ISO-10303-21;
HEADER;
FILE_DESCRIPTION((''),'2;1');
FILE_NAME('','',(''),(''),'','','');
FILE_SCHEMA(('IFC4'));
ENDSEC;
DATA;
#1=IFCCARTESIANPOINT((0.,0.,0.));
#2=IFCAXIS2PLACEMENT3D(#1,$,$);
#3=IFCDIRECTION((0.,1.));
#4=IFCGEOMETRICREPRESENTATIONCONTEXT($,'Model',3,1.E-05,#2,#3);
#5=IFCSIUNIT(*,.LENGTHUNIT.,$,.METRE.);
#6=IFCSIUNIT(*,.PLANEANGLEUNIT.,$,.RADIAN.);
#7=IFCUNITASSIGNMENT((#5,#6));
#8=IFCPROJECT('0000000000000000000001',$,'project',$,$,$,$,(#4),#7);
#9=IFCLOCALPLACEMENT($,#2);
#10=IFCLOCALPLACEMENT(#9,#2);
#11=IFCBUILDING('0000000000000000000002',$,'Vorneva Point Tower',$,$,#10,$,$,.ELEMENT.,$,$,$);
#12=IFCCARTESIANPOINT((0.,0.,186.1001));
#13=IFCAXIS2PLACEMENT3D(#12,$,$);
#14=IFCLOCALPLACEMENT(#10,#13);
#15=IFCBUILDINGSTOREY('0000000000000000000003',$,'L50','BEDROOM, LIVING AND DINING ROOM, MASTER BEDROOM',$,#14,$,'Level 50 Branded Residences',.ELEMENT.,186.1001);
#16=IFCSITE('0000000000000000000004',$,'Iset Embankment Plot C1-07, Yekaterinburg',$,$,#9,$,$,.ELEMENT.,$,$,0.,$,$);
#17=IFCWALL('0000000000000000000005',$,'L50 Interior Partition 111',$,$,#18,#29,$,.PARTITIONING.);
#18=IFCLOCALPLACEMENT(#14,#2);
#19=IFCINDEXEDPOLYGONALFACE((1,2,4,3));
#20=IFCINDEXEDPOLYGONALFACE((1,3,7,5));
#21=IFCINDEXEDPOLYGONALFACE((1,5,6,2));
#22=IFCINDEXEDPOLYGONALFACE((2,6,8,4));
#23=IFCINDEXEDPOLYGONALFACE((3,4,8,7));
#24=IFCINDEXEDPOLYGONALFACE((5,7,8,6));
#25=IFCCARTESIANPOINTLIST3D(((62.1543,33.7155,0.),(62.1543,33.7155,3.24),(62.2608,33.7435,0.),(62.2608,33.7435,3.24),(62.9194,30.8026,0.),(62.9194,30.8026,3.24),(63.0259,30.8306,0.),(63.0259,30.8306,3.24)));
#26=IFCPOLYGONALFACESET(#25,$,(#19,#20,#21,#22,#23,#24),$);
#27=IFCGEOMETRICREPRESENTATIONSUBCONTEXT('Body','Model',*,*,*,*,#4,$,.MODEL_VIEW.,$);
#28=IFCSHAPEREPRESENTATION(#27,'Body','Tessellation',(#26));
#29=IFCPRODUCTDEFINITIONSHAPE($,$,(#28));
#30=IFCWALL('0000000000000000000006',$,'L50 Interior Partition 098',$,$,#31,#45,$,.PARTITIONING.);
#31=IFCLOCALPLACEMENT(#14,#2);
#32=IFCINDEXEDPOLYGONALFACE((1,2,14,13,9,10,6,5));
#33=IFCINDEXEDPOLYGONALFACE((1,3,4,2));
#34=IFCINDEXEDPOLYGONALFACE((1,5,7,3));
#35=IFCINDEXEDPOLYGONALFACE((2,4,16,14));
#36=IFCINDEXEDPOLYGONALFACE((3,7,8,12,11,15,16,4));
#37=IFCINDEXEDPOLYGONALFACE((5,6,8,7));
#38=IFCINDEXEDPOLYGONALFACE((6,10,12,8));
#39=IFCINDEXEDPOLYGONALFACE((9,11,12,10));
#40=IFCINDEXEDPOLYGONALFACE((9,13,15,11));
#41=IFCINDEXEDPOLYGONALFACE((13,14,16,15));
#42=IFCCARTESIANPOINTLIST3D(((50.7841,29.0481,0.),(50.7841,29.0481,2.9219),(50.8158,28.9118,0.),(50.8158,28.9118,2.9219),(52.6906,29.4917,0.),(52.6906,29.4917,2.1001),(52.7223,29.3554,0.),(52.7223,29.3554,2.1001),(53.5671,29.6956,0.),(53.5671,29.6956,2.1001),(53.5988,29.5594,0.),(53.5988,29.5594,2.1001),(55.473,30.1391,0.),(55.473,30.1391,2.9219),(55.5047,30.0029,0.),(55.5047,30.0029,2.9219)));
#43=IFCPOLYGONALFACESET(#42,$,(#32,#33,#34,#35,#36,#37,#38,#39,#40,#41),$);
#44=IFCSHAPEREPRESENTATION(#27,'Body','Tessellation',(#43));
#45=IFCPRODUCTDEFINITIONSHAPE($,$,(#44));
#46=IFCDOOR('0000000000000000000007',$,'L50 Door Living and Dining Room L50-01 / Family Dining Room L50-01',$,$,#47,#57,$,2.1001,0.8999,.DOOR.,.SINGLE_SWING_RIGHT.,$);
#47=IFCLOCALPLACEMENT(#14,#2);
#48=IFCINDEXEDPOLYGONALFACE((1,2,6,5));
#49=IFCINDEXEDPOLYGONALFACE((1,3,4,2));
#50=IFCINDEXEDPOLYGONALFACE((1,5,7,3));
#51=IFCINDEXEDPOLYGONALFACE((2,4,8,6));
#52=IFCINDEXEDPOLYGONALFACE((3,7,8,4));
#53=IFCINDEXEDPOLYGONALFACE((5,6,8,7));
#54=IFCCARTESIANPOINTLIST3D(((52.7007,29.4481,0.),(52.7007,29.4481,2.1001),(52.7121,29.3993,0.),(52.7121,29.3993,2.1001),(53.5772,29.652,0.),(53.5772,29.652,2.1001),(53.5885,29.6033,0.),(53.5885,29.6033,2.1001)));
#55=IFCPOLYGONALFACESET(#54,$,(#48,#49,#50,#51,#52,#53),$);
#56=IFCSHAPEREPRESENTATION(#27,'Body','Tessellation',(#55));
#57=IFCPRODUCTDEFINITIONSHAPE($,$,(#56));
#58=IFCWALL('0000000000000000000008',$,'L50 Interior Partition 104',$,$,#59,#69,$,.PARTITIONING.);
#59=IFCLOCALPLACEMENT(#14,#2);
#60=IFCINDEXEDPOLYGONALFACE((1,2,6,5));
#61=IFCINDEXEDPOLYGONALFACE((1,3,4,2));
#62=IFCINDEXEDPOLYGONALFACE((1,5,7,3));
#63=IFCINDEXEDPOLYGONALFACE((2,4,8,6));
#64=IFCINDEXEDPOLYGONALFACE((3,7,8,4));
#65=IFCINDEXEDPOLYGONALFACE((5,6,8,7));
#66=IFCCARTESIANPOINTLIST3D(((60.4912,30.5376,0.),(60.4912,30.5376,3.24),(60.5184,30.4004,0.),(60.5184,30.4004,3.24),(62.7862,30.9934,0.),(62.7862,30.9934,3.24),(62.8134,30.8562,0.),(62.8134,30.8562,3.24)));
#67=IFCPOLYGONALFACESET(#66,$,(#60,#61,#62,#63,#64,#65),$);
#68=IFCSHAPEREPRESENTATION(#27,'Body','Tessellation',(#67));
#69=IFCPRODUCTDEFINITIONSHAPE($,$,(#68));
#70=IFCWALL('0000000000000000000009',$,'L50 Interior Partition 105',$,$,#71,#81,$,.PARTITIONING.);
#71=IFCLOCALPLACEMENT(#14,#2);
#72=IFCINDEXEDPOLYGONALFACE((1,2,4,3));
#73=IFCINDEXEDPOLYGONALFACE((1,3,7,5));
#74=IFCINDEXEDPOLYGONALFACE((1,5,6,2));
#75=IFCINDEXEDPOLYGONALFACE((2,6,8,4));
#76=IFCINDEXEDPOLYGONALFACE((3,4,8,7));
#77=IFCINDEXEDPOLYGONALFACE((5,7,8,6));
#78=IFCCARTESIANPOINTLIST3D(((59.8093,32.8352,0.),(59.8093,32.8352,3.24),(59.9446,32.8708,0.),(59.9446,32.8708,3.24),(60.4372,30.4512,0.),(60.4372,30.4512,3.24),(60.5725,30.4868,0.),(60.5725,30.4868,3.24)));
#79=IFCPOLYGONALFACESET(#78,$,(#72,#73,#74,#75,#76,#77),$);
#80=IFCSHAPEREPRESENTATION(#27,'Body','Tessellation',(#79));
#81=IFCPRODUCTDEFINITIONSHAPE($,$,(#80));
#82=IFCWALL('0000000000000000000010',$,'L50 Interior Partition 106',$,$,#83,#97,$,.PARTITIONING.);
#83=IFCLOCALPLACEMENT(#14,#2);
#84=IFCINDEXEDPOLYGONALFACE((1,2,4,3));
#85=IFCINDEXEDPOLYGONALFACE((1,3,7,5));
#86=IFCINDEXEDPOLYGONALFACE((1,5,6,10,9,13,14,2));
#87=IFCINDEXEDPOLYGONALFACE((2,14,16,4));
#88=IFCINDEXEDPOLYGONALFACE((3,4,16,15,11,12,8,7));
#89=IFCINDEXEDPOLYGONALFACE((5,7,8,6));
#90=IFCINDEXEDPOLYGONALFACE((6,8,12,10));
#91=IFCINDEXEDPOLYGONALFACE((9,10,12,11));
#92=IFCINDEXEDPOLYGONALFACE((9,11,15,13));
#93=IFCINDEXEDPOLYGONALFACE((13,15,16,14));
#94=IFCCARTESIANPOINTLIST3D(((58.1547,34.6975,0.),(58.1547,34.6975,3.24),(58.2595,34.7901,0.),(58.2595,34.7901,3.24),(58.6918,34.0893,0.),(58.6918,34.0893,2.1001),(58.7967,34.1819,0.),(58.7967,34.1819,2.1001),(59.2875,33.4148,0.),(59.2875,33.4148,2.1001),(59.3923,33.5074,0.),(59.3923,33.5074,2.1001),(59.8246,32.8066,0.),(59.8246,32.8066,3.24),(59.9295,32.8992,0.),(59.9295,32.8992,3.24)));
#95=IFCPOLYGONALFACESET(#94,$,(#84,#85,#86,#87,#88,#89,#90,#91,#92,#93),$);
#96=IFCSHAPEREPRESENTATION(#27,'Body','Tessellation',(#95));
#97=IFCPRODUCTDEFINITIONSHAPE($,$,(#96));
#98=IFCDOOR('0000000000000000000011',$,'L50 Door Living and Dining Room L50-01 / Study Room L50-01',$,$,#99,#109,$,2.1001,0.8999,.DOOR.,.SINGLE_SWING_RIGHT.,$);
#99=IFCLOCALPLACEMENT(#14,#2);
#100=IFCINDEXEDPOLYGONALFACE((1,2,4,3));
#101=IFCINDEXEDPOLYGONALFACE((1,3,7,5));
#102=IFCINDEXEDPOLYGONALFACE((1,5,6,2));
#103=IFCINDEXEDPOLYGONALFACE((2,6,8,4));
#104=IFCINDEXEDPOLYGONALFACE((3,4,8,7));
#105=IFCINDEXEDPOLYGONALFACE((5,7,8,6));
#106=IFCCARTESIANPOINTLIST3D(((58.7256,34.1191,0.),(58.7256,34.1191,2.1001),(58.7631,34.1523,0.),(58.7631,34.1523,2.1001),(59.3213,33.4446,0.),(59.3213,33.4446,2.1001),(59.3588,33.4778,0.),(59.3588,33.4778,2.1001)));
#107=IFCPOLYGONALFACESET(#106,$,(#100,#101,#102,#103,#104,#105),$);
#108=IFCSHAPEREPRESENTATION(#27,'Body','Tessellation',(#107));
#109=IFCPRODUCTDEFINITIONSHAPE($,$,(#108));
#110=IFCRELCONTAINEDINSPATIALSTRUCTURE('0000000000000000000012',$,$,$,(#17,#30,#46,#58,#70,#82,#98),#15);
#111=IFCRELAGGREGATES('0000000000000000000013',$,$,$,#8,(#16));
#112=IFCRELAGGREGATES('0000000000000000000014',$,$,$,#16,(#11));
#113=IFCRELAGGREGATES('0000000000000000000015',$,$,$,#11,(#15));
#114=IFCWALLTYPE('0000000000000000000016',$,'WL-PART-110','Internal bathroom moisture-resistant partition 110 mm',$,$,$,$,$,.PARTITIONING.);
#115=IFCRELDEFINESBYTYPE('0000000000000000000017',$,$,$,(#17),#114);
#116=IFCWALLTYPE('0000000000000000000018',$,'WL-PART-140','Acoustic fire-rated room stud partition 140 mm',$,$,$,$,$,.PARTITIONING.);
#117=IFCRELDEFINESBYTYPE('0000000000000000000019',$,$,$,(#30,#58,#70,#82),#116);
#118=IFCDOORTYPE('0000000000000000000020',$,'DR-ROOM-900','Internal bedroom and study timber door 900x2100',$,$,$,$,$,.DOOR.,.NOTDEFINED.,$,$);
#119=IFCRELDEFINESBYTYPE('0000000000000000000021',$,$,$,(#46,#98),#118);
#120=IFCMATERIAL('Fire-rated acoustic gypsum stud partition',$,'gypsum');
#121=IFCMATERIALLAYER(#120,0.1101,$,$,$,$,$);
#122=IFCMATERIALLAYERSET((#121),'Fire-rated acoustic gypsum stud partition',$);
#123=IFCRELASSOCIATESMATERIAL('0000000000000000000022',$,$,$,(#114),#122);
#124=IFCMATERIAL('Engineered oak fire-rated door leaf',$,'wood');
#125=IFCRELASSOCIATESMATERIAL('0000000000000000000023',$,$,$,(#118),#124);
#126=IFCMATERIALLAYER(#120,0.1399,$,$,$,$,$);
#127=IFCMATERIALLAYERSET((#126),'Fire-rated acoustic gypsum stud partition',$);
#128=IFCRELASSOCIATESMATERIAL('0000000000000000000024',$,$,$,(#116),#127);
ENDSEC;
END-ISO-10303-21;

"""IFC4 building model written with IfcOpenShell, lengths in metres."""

from ifc_helpers import new_model, si_unit, direction, frame, frame_2d, origin, place, context, subcontext, project, spatial, rectangle, extrude, material, layer, layer_set, type_object, element, fill, save


model = new_model("IFC4")

# Units and contexts
model_context = context("Model", 3, precision=1e-05, world=origin(), true_north=direction((0.0, 1.0)))
body_context = subcontext(model_context, "Body", "Model", "MODEL_VIEW")
ifc_project = project(units=[si_unit("LENGTHUNIT", "METRE"), si_unit("PLANEANGLEUNIT", "RADIAN")], contexts=[model_context])

# Site, building, storey
site_placement = place(None, origin())
site = spatial("IfcSite", under=ifc_project, at=site_placement, Name="Iset Embankment Plot C1-07, Yekaterinburg", CompositionType="ELEMENT", RefElevation=0.0)
building_placement = place(site_placement, origin())
building = spatial("IfcBuilding", under=site, at=building_placement, Name="Vorneva Point Tower", CompositionType="ELEMENT")
storey_placement = place(building_placement, frame((0.0, 0.0, 186.1001)))
storey = spatial("IfcBuildingStorey", under=building, at=storey_placement, Name="L50", Description="BEDROOM, LIVING AND DINING ROOM, MASTER BEDROOM", LongName="Level 50 Branded Residences", CompositionType="ELEMENT", Elevation=186.1001)

# Shared definitions
ifc_material_1 = material(Name="Fire-rated acoustic gypsum stud partition", Category="gypsum")
ifc_layer_1 = layer(ifc_material_1, 0.1101)
ifc_layer_set_1 = layer_set([ifc_layer_1], Name="Fire-rated acoustic gypsum stud partition")
wall_type_1 = type_object("IfcWallType", Name="WL-PART-110", Description="Internal bathroom moisture-resistant partition 110 mm", PredefinedType="PARTITIONING", material=ifc_layer_set_1)

# Shared definitions
ifc_material_2 = material(Name="Engineered oak fire-rated door leaf", Category="wood")
door_type_1 = type_object("IfcDoorType", Name="DR-ROOM-900", Description="Internal bedroom and study timber door 900x2100", OperationType="NOTDEFINED", PredefinedType="DOOR", material=ifc_material_2)

# Wall
wall_1_placement = place(storey_placement, frame((62.2075, 33.7295, 0.0), z_axis=(0.0, 0.0, 1.0), x_axis=(0.254058, -0.967189, 0.0)))
element("IfcWall", 1, at=wall_1_placement, inside=storey, type_object=wall_type_1, Name="L50 Interior Partition 111", PredefinedType="PARTITIONING", context=body_context, shape_type="SweptSolid", body=[
    extrude(rectangle(XDim=3.0117, YDim=0.1101, at=frame_2d((1.5059, 0.0))), origin(), (0.0, 0.0, 1.0), 3.24),
])

# Wall, opening, door
ifc_layer_2 = layer(ifc_material_1, 0.1399)
ifc_layer_set_2 = layer_set([ifc_layer_2], Name="Fire-rated acoustic gypsum stud partition")
wall_type_2 = type_object("IfcWallType", Name="WL-PART-140", Description="Acoustic fire-rated room stud partition 140 mm", PredefinedType="PARTITIONING", material=ifc_layer_set_2)
wall_2_placement = place(storey_placement, frame((55.489, 30.071, 0.0), z_axis=(0.0, 0.0, 1.0), x_axis=(-0.97398, -0.226633, 0.0)))
wall_2 = element("IfcWall", 2, at=wall_2_placement, inside=storey, type_object=wall_type_2, Name="L50 Interior Partition 098", PredefinedType="PARTITIONING", context=body_context, shape_type="SweptSolid", body=[
    extrude(rectangle(XDim=4.8142, YDim=0.1399, at=frame_2d((2.4072, 0.0))), origin(), (0.0, 0.0, 1.0), 2.9219),
])
opening_1_placement = place(wall_2_placement, frame((1.957, 0.0, 0.0)))
opening_1 = element("IfcOpeningElement", 3, at=opening_1_placement, cuts=wall_2, PredefinedType="OPENING", context=body_context, shape_type="SweptSolid", body=[
    extrude(rectangle(XDim=0.8999, YDim=2.1001, at=frame_2d((0.45, 1.05))), frame((0.0, 0.085, 0.0), z_axis=(0.0, -1.0, 0.0), x_axis=(1.0, 0.0, 0.0)), (0.0, 0.0, 1.0), 0.1697),
])
door_1_placement = place(opening_1_placement, origin())
door_1 = element("IfcDoor", 4, at=door_1_placement, inside=storey, type_object=door_type_1, Name="L50 Door Living and Dining Room L50-01 / Family Dining Room L50-01", OperationType="SINGLE_SWING_RIGHT", OverallHeight=2.1001, OverallWidth=0.8999, PredefinedType="DOOR", context=body_context, shape_type="SweptSolid", body=[
    extrude(rectangle(XDim=0.8999, YDim=2.1001, at=frame_2d((0.45, 1.05))), frame((0.0, 0.0249, 0.0), z_axis=(0.0, -1.0, 0.0), x_axis=(1.0, 0.0, 0.0)), (0.0, 0.0, 1.0), 0.05),
])
fill(opening_1, door_1)

# Walls
wall_3_placement = place(storey_placement, frame((62.7998, 30.9248, 0.0), z_axis=(0.0, 0.0, 1.0), x_axis=(-0.980841, -0.194812, 0.0)))
element("IfcWall", 5, at=wall_3_placement, inside=storey, type_object=wall_type_2, Name="L50 Interior Partition 104", PredefinedType="PARTITIONING", context=body_context, shape_type="SweptSolid", body=[
    extrude(rectangle(XDim=2.3398, YDim=0.1399, at=frame_2d((1.1699, 0.0))), origin(), (0.0, 0.0, 1.0), 3.24),
])
wall_4_placement = place(storey_placement, frame((60.5049, 30.469, 0.0), z_axis=(0.0, 0.0, 1.0), x_axis=(-0.254703, 0.967019, 0.0)))
element("IfcWall", 6, at=wall_4_placement, inside=storey, type_object=wall_type_2, Name="L50 Interior Partition 105", PredefinedType="PARTITIONING", context=body_context, shape_type="SweptSolid", body=[
    extrude(rectangle(XDim=2.4653, YDim=0.1399, at=frame_2d((1.2327, 0.0))), origin(), (0.0, 0.0, 1.0), 3.24),
])

# Wall, opening, door
wall_5_placement = place(storey_placement, frame((59.877, 32.853, 0.0), z_axis=(0.0, 0.0, 1.0), x_axis=(-0.661958, 0.749541, 0.0)))
wall_5 = element("IfcWall", 7, at=wall_5_placement, inside=storey, type_object=wall_type_2, Name="L50 Interior Partition 106", PredefinedType="PARTITIONING", context=body_context, shape_type="SweptSolid", body=[
    extrude(rectangle(XDim=2.5227, YDim=0.1399, at=frame_2d((1.2612, 0.0))), origin(), (0.0, 0.0, 1.0), 3.24),
])
opening_2_placement = place(wall_5_placement, frame((0.8113, 0.0, 0.0)))
opening_2 = element("IfcOpeningElement", 8, at=opening_2_placement, cuts=wall_5, PredefinedType="OPENING", context=body_context, shape_type="SweptSolid", body=[
    extrude(rectangle(XDim=0.8999, YDim=2.1001, at=frame_2d((0.45, 1.05))), frame((0.0, 0.085, 0.0), z_axis=(0.0, -1.0, 0.0), x_axis=(1.0, 0.0, 0.0)), (0.0, 0.0, 1.0), 0.1697),
])
door_2_placement = place(opening_2_placement, origin())
door_2 = element("IfcDoor", 9, at=door_2_placement, inside=storey, type_object=door_type_1, Name="L50 Door Living and Dining Room L50-01 / Study Room L50-01", OperationType="SINGLE_SWING_RIGHT", OverallHeight=2.1001, OverallWidth=0.8999, PredefinedType="DOOR", context=body_context, shape_type="SweptSolid", body=[
    extrude(rectangle(XDim=0.8999, YDim=2.1001, at=frame_2d((0.45, 1.05))), frame((0.0, 0.0249, 0.0), z_axis=(0.0, -1.0, 0.0), x_axis=(1.0, 0.0, 0.0)), (0.0, 0.0, 1.0), 0.05),
])
fill(opening_2, door_2)

save(model, "model.ifc")
